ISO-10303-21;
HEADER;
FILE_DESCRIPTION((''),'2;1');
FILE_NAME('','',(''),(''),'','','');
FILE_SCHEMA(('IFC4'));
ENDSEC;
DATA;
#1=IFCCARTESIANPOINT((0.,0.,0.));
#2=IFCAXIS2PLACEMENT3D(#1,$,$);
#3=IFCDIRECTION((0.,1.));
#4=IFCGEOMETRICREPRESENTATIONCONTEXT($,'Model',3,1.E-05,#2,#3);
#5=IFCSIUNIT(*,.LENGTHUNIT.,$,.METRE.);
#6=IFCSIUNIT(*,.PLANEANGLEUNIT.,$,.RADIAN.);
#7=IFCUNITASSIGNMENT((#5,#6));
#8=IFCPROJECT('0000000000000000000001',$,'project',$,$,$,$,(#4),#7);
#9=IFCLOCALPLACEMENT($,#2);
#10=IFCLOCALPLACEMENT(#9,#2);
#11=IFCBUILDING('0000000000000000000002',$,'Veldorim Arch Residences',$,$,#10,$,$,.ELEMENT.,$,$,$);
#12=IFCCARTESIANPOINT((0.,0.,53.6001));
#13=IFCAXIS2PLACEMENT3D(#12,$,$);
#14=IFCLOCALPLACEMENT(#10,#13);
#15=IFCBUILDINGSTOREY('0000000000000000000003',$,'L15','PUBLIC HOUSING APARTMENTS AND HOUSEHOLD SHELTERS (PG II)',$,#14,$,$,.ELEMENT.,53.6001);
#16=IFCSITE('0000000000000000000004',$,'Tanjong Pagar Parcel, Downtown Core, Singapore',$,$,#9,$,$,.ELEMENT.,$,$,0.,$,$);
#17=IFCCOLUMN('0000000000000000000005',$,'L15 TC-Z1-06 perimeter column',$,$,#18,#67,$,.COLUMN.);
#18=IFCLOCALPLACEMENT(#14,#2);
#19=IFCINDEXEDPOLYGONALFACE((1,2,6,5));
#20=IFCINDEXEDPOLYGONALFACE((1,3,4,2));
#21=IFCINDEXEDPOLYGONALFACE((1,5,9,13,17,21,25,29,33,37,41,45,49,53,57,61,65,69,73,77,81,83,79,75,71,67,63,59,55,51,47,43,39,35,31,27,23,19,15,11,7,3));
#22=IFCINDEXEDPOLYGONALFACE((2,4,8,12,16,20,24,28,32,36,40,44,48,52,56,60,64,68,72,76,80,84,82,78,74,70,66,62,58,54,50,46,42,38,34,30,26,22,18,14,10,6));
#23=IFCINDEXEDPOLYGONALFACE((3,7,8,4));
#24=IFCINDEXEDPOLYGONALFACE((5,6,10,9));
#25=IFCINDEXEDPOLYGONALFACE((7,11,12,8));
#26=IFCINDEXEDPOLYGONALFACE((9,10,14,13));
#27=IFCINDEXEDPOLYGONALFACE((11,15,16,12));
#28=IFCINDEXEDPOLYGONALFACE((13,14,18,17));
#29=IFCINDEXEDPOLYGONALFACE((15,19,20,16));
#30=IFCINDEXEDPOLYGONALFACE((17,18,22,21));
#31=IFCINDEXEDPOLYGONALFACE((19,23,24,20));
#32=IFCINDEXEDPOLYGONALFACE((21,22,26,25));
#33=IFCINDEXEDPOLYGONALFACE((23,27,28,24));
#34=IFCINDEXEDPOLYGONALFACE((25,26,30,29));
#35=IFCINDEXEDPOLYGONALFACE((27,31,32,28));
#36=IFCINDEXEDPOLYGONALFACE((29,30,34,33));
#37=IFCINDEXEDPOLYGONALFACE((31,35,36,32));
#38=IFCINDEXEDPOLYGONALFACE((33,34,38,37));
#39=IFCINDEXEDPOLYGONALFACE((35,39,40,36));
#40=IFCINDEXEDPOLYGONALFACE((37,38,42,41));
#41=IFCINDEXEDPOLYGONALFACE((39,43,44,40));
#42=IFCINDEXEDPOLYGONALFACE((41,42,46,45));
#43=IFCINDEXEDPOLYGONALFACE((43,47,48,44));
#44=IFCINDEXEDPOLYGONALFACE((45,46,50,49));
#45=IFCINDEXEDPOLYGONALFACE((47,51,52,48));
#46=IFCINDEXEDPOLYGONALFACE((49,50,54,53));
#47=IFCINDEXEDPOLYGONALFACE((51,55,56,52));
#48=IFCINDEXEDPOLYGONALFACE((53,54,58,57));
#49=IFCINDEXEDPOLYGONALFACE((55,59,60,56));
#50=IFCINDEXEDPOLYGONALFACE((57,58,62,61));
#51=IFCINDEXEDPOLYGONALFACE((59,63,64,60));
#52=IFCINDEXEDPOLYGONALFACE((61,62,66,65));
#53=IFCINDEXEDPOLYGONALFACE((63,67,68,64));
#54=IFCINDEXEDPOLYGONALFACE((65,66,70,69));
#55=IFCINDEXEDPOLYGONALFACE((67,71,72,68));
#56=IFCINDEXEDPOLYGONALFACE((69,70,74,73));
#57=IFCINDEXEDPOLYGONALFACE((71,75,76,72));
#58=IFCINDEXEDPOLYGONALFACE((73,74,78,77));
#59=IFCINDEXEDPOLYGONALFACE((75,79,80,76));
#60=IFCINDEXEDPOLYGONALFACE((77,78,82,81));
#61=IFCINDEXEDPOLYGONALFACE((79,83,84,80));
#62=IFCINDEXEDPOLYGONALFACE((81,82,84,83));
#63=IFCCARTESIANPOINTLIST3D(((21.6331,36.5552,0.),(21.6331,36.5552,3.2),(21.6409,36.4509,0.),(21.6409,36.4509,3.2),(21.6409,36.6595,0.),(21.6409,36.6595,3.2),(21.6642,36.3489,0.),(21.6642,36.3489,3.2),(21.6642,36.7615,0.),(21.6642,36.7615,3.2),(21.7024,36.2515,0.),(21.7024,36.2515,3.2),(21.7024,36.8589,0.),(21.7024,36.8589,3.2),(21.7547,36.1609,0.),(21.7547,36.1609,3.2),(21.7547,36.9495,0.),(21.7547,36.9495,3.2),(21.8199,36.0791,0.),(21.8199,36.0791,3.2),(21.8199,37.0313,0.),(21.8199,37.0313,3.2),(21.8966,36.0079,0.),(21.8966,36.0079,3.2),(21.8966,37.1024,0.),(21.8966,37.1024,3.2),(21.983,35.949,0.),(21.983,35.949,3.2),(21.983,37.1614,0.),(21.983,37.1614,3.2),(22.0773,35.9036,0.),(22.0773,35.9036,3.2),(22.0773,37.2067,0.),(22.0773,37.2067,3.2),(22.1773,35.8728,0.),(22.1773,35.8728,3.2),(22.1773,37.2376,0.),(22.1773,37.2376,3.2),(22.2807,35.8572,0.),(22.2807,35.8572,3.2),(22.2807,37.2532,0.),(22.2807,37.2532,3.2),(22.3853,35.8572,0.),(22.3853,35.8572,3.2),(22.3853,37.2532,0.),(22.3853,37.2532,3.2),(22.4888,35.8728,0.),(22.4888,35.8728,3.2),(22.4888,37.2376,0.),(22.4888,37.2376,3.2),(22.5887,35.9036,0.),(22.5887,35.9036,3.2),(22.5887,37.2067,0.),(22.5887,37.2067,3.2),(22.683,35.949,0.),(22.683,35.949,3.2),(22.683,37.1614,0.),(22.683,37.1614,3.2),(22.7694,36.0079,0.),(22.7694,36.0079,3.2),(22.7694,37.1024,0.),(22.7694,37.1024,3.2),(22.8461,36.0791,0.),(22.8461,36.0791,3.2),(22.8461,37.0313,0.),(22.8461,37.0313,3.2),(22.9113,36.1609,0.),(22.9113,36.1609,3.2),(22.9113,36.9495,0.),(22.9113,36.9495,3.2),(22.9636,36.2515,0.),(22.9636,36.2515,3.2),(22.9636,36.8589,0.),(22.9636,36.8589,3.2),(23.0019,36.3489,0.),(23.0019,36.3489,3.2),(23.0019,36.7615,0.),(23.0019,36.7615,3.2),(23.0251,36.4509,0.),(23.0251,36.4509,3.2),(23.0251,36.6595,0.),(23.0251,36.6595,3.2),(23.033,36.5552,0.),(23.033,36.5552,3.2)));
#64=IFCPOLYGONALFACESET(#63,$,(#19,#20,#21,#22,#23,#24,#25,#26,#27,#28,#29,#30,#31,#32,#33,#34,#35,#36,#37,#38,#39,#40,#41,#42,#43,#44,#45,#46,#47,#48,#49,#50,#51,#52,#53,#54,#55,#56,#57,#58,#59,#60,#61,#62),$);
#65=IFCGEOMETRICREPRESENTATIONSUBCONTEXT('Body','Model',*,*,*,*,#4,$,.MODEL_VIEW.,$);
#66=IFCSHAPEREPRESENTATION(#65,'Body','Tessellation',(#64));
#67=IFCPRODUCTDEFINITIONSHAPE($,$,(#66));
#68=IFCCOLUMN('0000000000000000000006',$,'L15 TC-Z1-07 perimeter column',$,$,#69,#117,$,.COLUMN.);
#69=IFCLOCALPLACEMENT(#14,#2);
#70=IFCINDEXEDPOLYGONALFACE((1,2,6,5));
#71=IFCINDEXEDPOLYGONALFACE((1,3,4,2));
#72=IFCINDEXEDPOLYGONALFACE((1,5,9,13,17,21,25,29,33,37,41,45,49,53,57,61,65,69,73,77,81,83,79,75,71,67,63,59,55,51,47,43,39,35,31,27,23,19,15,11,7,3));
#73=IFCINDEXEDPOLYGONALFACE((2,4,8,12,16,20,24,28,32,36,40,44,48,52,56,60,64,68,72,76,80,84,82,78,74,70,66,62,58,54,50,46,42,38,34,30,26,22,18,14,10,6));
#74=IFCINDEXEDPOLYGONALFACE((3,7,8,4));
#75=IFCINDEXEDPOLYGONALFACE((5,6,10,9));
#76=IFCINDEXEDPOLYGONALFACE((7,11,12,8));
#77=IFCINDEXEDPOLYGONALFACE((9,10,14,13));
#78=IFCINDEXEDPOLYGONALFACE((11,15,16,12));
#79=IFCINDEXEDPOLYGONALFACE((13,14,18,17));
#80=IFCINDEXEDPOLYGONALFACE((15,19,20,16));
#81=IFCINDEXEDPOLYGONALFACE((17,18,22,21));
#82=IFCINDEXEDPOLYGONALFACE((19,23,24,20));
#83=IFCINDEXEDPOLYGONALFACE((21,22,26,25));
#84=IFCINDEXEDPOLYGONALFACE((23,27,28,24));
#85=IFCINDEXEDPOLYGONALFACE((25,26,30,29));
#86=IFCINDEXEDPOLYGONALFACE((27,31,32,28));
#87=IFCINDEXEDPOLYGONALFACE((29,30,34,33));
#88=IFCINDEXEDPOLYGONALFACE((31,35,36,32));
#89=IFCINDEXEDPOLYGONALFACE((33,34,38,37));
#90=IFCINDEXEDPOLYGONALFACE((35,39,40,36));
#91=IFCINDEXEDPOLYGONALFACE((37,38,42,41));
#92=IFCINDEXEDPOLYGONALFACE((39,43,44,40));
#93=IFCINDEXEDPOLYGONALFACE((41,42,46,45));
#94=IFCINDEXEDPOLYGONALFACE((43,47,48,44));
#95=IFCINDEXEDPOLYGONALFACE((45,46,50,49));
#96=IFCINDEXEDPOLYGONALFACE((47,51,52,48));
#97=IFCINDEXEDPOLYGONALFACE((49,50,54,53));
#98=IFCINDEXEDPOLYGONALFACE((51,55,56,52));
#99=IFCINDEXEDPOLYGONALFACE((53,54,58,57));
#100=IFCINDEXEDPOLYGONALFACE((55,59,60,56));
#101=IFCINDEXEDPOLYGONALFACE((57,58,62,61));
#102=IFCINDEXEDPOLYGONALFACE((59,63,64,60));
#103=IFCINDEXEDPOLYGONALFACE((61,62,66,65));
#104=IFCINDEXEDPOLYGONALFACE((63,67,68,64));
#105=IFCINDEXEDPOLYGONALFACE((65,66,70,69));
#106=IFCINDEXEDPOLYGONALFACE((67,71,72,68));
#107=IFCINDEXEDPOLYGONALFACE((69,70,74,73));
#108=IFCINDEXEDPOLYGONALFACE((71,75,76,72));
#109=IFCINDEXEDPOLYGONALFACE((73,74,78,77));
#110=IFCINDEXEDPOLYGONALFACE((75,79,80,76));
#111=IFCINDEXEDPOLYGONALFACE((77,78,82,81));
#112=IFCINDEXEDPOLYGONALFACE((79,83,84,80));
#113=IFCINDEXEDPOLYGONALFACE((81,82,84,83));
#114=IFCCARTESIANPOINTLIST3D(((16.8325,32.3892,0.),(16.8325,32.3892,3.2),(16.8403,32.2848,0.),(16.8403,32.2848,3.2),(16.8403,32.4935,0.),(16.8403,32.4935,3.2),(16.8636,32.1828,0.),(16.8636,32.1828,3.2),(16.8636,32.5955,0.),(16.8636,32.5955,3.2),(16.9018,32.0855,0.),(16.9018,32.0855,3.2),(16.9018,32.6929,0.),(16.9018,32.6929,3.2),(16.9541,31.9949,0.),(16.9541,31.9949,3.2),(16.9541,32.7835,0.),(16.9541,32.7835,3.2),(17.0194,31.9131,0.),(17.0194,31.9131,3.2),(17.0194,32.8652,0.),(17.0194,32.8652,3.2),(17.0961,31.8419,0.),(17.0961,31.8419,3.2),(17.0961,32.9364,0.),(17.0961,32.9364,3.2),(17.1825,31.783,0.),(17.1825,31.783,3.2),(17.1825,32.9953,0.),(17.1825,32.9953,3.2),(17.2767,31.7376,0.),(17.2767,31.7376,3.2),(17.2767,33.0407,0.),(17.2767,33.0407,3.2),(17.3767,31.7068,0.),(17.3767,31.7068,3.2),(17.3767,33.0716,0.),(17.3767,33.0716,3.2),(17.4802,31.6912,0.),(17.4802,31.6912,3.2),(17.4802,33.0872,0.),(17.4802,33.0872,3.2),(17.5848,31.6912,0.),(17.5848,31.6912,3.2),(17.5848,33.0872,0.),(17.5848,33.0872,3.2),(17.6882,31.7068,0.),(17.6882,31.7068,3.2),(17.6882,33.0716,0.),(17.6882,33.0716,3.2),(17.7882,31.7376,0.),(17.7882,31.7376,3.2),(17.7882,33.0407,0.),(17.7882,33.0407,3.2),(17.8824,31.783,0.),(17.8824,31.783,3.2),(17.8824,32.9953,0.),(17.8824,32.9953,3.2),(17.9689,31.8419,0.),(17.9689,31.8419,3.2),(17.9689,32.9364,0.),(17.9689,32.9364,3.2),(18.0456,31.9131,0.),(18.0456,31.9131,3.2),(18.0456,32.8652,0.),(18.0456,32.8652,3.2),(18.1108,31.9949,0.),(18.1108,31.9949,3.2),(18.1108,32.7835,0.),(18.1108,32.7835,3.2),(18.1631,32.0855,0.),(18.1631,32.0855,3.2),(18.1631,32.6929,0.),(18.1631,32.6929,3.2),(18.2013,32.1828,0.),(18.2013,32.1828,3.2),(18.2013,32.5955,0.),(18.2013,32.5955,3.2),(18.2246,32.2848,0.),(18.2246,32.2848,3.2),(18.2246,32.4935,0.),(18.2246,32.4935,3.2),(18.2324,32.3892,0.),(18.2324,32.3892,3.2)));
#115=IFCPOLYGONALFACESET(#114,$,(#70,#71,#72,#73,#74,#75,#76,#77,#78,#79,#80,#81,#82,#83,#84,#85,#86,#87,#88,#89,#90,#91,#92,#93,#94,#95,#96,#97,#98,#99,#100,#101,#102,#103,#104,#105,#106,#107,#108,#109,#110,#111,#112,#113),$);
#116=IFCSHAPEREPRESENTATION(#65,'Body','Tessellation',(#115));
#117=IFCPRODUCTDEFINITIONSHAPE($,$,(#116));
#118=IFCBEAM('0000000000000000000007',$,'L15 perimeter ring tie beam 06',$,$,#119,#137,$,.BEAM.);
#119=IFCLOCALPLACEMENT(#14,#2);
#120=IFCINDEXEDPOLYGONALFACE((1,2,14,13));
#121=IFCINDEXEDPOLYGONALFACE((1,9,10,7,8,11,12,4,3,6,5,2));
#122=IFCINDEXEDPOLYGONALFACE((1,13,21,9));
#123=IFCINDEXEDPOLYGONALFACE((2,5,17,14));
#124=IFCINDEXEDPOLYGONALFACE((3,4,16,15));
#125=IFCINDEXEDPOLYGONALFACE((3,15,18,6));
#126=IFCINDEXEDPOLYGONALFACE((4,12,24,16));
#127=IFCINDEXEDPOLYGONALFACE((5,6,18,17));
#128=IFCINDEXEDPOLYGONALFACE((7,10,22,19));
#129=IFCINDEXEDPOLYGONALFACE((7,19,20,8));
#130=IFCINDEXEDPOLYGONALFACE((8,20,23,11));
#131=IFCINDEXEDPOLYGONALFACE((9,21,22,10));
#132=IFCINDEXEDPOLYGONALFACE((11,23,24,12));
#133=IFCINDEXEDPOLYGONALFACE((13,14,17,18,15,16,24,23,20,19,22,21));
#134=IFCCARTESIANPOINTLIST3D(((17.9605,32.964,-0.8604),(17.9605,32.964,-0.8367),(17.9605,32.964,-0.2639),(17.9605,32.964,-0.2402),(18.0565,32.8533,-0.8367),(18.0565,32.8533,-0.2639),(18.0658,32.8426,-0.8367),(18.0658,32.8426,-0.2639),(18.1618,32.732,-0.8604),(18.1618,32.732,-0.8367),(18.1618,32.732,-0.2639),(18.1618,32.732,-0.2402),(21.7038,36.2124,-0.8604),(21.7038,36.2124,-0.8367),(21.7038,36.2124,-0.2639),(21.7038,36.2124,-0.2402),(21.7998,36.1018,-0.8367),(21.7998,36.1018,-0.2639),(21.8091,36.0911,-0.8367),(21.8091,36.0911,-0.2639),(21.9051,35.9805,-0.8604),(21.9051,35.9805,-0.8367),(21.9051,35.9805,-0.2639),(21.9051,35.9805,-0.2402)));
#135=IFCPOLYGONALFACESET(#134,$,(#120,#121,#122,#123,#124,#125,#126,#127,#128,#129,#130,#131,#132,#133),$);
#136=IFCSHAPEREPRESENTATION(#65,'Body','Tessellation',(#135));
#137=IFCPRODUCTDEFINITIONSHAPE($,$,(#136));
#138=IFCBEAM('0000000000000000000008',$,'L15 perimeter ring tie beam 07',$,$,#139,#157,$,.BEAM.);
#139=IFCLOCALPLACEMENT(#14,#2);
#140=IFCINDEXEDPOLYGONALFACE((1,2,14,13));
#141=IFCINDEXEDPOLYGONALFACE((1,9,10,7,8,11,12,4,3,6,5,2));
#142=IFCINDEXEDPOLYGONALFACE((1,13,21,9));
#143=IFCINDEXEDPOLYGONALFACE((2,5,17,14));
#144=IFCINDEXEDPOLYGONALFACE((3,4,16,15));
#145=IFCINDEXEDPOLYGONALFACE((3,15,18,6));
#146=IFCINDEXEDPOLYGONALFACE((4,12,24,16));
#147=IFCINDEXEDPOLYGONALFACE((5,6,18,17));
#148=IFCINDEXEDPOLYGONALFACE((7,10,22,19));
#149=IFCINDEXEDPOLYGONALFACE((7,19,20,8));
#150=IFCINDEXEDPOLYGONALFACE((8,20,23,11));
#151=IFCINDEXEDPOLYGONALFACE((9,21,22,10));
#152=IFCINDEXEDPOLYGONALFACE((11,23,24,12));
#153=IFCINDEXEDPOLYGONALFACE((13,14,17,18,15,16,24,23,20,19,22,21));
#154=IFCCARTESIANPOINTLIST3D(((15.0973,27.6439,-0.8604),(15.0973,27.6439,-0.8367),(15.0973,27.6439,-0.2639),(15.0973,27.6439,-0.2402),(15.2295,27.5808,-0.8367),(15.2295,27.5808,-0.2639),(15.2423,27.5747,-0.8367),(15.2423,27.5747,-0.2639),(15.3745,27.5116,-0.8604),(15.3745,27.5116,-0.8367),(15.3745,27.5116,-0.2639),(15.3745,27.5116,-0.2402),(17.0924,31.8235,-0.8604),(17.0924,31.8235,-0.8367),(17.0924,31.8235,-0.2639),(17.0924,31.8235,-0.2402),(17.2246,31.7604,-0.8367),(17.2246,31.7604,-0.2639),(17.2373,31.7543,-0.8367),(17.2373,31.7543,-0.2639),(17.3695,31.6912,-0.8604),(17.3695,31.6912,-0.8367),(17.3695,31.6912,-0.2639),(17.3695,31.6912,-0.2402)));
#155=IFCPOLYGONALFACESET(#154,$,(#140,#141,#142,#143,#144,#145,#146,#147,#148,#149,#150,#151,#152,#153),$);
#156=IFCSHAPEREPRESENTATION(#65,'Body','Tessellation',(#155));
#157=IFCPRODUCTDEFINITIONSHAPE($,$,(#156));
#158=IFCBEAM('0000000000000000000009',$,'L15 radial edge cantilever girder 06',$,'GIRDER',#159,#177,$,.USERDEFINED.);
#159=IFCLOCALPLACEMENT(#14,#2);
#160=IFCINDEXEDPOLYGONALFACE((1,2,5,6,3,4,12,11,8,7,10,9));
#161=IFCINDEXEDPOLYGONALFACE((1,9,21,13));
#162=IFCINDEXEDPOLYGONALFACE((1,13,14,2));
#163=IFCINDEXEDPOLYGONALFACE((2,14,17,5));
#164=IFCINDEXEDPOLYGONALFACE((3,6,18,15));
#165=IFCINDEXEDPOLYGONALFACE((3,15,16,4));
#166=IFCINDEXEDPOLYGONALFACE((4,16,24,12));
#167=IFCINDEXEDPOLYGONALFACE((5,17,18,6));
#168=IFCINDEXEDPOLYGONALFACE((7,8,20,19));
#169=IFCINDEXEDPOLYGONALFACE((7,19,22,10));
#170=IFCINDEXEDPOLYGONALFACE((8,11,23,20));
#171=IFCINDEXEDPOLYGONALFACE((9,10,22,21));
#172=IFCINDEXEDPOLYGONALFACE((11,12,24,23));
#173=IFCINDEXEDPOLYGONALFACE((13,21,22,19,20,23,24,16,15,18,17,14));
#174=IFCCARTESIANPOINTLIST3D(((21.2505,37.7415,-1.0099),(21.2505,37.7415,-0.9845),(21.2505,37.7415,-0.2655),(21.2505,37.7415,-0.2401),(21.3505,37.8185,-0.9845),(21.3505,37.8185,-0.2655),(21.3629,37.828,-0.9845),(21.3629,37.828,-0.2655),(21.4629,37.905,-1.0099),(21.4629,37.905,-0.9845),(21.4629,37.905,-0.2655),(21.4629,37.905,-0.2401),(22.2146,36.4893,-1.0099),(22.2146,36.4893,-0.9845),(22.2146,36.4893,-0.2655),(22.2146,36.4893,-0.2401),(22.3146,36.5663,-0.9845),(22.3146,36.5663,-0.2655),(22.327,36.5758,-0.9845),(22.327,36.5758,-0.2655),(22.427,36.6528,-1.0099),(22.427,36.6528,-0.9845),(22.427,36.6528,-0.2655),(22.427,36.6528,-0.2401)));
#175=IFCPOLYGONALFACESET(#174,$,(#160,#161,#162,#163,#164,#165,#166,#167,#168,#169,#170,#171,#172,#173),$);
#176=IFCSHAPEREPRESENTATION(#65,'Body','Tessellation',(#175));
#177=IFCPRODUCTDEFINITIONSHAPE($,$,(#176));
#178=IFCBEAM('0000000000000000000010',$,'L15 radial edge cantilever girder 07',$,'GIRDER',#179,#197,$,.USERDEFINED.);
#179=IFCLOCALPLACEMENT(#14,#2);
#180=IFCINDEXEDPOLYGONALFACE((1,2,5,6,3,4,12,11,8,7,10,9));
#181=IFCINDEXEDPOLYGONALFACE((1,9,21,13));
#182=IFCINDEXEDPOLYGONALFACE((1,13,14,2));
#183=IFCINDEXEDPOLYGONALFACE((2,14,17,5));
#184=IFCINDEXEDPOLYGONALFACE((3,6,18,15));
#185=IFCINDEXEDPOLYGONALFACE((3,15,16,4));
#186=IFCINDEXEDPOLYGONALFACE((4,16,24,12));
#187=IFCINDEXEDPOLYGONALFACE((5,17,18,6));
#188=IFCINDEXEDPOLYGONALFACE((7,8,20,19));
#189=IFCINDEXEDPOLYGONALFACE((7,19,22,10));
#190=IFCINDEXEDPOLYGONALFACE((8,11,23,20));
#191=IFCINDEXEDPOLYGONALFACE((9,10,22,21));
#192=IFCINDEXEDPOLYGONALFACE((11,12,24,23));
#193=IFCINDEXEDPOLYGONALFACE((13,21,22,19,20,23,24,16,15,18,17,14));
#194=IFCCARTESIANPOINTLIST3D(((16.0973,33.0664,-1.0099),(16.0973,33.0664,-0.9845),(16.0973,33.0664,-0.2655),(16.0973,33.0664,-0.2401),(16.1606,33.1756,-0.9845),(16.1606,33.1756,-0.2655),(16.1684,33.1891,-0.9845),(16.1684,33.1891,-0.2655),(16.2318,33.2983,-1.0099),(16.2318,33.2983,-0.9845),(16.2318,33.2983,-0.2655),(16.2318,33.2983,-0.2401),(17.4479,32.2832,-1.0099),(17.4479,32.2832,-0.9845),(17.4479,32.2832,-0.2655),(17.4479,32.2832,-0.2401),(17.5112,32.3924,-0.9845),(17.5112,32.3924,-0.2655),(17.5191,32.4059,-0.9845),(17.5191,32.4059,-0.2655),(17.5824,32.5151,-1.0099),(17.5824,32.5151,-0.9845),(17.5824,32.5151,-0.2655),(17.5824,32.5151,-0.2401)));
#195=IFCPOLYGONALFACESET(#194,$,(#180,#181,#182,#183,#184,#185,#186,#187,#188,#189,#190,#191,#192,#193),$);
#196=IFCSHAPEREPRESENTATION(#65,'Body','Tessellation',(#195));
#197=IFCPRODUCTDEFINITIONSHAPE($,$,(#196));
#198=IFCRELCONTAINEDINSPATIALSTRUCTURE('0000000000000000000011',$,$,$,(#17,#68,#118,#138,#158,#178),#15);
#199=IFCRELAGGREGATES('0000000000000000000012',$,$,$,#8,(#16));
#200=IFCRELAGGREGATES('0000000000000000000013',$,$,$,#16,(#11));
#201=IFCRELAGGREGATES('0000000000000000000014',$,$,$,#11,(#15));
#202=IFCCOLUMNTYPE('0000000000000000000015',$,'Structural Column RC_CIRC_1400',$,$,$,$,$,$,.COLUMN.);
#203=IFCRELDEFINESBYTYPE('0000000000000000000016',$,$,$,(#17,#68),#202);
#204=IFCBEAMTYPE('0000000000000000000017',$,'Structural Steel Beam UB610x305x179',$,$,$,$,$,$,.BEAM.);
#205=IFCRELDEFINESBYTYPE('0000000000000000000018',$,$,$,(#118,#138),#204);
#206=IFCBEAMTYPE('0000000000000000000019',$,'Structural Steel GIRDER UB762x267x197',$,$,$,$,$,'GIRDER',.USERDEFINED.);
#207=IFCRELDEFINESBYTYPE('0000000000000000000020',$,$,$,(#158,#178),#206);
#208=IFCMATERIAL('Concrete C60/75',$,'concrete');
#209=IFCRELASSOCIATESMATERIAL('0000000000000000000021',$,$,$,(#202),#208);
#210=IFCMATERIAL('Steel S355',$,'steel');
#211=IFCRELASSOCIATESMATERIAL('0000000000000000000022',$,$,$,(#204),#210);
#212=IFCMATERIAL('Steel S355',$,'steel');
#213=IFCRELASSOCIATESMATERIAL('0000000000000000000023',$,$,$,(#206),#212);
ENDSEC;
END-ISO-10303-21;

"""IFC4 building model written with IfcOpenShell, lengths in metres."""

from ifc_helpers import new_model, si_unit, direction, frame, origin, origin_2d, place, context, subcontext, project, spatial, circle, i_section, extrude, material, material_profile, profile_set, type_object, element, save


model = new_model("IFC4")

# Units and contexts
model_context = context("Model", 3, precision=1e-05, world=origin(), true_north=direction((0.0, 1.0)))
body_context = subcontext(model_context, "Body", "Model", "MODEL_VIEW")
ifc_project = project(units=[si_unit("LENGTHUNIT", "METRE"), si_unit("PLANEANGLEUNIT", "RADIAN")], contexts=[model_context])

# Site, building, storey
site_placement = place(None, origin())
site = spatial("IfcSite", under=ifc_project, at=site_placement, Name="Tanjong Pagar Parcel, Downtown Core, Singapore", CompositionType="ELEMENT", RefElevation=0.0)
building_placement = place(site_placement, origin())
building = spatial("IfcBuilding", under=site, at=building_placement, Name="Veldorim Arch Residences", CompositionType="ELEMENT")
storey_placement = place(building_placement, frame((0.0, 0.0, 53.6001)))
storey = spatial("IfcBuildingStorey", under=building, at=storey_placement, Name="L15", Description="PUBLIC HOUSING APARTMENTS AND HOUSEHOLD SHELTERS (PG II)", CompositionType="ELEMENT", Elevation=53.6001)

# Columns
ifc_material_1 = material(Name="Concrete C60/75", Category="concrete")
ifc_material_profile_1 = material_profile(ifc_material_1, circle(Radius=0.7, at=origin_2d()), Name="RC_CIRC_1400")
ifc_profile_set_1 = profile_set([ifc_material_profile_1], Name="Concrete C60/75")
column_type = type_object("IfcColumnType", Name="Structural Column RC_CIRC_1400", PredefinedType="COLUMN", material=ifc_profile_set_1)
for number, where, z_axis, x_axis, name in (
    (1, (22.333, 36.5552, 0.0), (0.0, 0.0, 1.0), (1.0, 0.0, 0.0), "L15 TC-Z1-06 perimeter column"),
    (2, (17.5325, 32.3892, 0.0), (0.0, 0.0, 1.0), (1.0, 0.0, 0.0), "L15 TC-Z1-07 perimeter column"),
):
    element("IfcColumn", number, at=place(storey_placement, frame(where, z_axis=z_axis, x_axis=x_axis)), inside=storey, type_object=column_type, Name=name, PredefinedType="COLUMN", context=body_context, shape_type="SweptSolid", body=[
        extrude(circle(Radius=0.7, at=origin_2d()), origin(), (0.0, 0.0, 1.0), 3.2),
    ])

# Beams
ifc_material_2 = material(Name="Steel S355", Category="steel")
ifc_material_profile_2 = material_profile(ifc_material_2, i_section(OverallWidth=0.3071, OverallDepth=0.6201, WebThickness=0.0142, FlangeThickness=0.0237, at=origin_2d()), Name="UB610x305x179")
ifc_profile_set_2 = profile_set([ifc_material_profile_2], Name="Steel S355")
beam_type_1 = type_object("IfcBeamType", Name="Structural Steel Beam UB610x305x179", PredefinedType="BEAM", material=ifc_profile_set_2)
beam_1_placement = place(storey_placement, frame((21.8044, 36.0964, -0.5503), z_axis=(-0.755265, -0.65542, 0.0), x_axis=(0.65542, -0.755265, 0.0)))
element("IfcBeam", 3, at=beam_1_placement, inside=storey, type_object=beam_type_1, Name="L15 perimeter ring tie beam 06", PredefinedType="BEAM", context=body_context, shape_type="SweptSolid", body=[
    extrude(i_section(OverallWidth=0.3071, OverallDepth=0.6201, WebThickness=0.0142, FlangeThickness=0.0237, at=origin_2d()), origin(), (0.0, 0.0, 1.0), 4.9563),
])
beam_2_placement = place(storey_placement, frame((17.231, 31.7573, -0.5503), z_axis=(-0.430776, -0.902459, 0.0), x_axis=(0.902459, -0.430776, 0.0)))
element("IfcBeam", 4, at=beam_2_placement, inside=storey, type_object=beam_type_1, Name="L15 perimeter ring tie beam 07", PredefinedType="BEAM", context=body_context, shape_type="SweptSolid", body=[
    extrude(i_section(OverallWidth=0.3071, OverallDepth=0.6201, WebThickness=0.0142, FlangeThickness=0.0237, at=origin_2d()), origin(), (0.0, 0.0, 1.0), 4.6313),
])
ifc_material_3 = material(Name="Steel S355", Category="steel")
ifc_material_profile_3 = material_profile(ifc_material_3, i_section(OverallWidth=0.2681, OverallDepth=0.7698, WebThickness=0.0156, FlangeThickness=0.0254, at=origin_2d()), Name="UB762x267x197")
ifc_profile_set_3 = profile_set([ifc_material_profile_3], Name="Steel S355")
beam_type_2 = type_object("IfcBeamType", Name="Structural Steel GIRDER UB762x267x197", ElementType="GIRDER", PredefinedType="USERDEFINED", material=ifc_profile_set_3)
beam_3_placement = place(storey_placement, frame((22.3208, 36.571, -0.625), z_axis=(-0.610062, 0.792354, 0.0), x_axis=(-0.792354, -0.610062, 0.0)))
element("IfcBeam", 5, at=beam_3_placement, inside=storey, type_object=beam_type_2, Name="L15 radial edge cantilever girder 06", ObjectType="GIRDER", PredefinedType="USERDEFINED", context=body_context, shape_type="SweptSolid", body=[
    extrude(i_section(OverallWidth=0.2681, OverallDepth=0.7698, WebThickness=0.0156, FlangeThickness=0.0254, at=origin_2d()), origin(), (0.0, 0.0, 1.0), 1.5803),
])
beam_4_placement = place(storey_placement, frame((17.5151, 32.3992, -0.625), z_axis=(-0.865069, 0.501653, 0.0), x_axis=(-0.501653, -0.865069, 0.0)))
element("IfcBeam", 6, at=beam_4_placement, inside=storey, type_object=beam_type_2, Name="L15 radial edge cantilever girder 07", ObjectType="GIRDER", PredefinedType="USERDEFINED", context=body_context, shape_type="SweptSolid", body=[
    extrude(i_section(OverallWidth=0.2681, OverallDepth=0.7698, WebThickness=0.0156, FlangeThickness=0.0254, at=origin_2d()), origin(), (0.0, 0.0, 1.0), 1.5613),
])

save(model, "model.ifc")
